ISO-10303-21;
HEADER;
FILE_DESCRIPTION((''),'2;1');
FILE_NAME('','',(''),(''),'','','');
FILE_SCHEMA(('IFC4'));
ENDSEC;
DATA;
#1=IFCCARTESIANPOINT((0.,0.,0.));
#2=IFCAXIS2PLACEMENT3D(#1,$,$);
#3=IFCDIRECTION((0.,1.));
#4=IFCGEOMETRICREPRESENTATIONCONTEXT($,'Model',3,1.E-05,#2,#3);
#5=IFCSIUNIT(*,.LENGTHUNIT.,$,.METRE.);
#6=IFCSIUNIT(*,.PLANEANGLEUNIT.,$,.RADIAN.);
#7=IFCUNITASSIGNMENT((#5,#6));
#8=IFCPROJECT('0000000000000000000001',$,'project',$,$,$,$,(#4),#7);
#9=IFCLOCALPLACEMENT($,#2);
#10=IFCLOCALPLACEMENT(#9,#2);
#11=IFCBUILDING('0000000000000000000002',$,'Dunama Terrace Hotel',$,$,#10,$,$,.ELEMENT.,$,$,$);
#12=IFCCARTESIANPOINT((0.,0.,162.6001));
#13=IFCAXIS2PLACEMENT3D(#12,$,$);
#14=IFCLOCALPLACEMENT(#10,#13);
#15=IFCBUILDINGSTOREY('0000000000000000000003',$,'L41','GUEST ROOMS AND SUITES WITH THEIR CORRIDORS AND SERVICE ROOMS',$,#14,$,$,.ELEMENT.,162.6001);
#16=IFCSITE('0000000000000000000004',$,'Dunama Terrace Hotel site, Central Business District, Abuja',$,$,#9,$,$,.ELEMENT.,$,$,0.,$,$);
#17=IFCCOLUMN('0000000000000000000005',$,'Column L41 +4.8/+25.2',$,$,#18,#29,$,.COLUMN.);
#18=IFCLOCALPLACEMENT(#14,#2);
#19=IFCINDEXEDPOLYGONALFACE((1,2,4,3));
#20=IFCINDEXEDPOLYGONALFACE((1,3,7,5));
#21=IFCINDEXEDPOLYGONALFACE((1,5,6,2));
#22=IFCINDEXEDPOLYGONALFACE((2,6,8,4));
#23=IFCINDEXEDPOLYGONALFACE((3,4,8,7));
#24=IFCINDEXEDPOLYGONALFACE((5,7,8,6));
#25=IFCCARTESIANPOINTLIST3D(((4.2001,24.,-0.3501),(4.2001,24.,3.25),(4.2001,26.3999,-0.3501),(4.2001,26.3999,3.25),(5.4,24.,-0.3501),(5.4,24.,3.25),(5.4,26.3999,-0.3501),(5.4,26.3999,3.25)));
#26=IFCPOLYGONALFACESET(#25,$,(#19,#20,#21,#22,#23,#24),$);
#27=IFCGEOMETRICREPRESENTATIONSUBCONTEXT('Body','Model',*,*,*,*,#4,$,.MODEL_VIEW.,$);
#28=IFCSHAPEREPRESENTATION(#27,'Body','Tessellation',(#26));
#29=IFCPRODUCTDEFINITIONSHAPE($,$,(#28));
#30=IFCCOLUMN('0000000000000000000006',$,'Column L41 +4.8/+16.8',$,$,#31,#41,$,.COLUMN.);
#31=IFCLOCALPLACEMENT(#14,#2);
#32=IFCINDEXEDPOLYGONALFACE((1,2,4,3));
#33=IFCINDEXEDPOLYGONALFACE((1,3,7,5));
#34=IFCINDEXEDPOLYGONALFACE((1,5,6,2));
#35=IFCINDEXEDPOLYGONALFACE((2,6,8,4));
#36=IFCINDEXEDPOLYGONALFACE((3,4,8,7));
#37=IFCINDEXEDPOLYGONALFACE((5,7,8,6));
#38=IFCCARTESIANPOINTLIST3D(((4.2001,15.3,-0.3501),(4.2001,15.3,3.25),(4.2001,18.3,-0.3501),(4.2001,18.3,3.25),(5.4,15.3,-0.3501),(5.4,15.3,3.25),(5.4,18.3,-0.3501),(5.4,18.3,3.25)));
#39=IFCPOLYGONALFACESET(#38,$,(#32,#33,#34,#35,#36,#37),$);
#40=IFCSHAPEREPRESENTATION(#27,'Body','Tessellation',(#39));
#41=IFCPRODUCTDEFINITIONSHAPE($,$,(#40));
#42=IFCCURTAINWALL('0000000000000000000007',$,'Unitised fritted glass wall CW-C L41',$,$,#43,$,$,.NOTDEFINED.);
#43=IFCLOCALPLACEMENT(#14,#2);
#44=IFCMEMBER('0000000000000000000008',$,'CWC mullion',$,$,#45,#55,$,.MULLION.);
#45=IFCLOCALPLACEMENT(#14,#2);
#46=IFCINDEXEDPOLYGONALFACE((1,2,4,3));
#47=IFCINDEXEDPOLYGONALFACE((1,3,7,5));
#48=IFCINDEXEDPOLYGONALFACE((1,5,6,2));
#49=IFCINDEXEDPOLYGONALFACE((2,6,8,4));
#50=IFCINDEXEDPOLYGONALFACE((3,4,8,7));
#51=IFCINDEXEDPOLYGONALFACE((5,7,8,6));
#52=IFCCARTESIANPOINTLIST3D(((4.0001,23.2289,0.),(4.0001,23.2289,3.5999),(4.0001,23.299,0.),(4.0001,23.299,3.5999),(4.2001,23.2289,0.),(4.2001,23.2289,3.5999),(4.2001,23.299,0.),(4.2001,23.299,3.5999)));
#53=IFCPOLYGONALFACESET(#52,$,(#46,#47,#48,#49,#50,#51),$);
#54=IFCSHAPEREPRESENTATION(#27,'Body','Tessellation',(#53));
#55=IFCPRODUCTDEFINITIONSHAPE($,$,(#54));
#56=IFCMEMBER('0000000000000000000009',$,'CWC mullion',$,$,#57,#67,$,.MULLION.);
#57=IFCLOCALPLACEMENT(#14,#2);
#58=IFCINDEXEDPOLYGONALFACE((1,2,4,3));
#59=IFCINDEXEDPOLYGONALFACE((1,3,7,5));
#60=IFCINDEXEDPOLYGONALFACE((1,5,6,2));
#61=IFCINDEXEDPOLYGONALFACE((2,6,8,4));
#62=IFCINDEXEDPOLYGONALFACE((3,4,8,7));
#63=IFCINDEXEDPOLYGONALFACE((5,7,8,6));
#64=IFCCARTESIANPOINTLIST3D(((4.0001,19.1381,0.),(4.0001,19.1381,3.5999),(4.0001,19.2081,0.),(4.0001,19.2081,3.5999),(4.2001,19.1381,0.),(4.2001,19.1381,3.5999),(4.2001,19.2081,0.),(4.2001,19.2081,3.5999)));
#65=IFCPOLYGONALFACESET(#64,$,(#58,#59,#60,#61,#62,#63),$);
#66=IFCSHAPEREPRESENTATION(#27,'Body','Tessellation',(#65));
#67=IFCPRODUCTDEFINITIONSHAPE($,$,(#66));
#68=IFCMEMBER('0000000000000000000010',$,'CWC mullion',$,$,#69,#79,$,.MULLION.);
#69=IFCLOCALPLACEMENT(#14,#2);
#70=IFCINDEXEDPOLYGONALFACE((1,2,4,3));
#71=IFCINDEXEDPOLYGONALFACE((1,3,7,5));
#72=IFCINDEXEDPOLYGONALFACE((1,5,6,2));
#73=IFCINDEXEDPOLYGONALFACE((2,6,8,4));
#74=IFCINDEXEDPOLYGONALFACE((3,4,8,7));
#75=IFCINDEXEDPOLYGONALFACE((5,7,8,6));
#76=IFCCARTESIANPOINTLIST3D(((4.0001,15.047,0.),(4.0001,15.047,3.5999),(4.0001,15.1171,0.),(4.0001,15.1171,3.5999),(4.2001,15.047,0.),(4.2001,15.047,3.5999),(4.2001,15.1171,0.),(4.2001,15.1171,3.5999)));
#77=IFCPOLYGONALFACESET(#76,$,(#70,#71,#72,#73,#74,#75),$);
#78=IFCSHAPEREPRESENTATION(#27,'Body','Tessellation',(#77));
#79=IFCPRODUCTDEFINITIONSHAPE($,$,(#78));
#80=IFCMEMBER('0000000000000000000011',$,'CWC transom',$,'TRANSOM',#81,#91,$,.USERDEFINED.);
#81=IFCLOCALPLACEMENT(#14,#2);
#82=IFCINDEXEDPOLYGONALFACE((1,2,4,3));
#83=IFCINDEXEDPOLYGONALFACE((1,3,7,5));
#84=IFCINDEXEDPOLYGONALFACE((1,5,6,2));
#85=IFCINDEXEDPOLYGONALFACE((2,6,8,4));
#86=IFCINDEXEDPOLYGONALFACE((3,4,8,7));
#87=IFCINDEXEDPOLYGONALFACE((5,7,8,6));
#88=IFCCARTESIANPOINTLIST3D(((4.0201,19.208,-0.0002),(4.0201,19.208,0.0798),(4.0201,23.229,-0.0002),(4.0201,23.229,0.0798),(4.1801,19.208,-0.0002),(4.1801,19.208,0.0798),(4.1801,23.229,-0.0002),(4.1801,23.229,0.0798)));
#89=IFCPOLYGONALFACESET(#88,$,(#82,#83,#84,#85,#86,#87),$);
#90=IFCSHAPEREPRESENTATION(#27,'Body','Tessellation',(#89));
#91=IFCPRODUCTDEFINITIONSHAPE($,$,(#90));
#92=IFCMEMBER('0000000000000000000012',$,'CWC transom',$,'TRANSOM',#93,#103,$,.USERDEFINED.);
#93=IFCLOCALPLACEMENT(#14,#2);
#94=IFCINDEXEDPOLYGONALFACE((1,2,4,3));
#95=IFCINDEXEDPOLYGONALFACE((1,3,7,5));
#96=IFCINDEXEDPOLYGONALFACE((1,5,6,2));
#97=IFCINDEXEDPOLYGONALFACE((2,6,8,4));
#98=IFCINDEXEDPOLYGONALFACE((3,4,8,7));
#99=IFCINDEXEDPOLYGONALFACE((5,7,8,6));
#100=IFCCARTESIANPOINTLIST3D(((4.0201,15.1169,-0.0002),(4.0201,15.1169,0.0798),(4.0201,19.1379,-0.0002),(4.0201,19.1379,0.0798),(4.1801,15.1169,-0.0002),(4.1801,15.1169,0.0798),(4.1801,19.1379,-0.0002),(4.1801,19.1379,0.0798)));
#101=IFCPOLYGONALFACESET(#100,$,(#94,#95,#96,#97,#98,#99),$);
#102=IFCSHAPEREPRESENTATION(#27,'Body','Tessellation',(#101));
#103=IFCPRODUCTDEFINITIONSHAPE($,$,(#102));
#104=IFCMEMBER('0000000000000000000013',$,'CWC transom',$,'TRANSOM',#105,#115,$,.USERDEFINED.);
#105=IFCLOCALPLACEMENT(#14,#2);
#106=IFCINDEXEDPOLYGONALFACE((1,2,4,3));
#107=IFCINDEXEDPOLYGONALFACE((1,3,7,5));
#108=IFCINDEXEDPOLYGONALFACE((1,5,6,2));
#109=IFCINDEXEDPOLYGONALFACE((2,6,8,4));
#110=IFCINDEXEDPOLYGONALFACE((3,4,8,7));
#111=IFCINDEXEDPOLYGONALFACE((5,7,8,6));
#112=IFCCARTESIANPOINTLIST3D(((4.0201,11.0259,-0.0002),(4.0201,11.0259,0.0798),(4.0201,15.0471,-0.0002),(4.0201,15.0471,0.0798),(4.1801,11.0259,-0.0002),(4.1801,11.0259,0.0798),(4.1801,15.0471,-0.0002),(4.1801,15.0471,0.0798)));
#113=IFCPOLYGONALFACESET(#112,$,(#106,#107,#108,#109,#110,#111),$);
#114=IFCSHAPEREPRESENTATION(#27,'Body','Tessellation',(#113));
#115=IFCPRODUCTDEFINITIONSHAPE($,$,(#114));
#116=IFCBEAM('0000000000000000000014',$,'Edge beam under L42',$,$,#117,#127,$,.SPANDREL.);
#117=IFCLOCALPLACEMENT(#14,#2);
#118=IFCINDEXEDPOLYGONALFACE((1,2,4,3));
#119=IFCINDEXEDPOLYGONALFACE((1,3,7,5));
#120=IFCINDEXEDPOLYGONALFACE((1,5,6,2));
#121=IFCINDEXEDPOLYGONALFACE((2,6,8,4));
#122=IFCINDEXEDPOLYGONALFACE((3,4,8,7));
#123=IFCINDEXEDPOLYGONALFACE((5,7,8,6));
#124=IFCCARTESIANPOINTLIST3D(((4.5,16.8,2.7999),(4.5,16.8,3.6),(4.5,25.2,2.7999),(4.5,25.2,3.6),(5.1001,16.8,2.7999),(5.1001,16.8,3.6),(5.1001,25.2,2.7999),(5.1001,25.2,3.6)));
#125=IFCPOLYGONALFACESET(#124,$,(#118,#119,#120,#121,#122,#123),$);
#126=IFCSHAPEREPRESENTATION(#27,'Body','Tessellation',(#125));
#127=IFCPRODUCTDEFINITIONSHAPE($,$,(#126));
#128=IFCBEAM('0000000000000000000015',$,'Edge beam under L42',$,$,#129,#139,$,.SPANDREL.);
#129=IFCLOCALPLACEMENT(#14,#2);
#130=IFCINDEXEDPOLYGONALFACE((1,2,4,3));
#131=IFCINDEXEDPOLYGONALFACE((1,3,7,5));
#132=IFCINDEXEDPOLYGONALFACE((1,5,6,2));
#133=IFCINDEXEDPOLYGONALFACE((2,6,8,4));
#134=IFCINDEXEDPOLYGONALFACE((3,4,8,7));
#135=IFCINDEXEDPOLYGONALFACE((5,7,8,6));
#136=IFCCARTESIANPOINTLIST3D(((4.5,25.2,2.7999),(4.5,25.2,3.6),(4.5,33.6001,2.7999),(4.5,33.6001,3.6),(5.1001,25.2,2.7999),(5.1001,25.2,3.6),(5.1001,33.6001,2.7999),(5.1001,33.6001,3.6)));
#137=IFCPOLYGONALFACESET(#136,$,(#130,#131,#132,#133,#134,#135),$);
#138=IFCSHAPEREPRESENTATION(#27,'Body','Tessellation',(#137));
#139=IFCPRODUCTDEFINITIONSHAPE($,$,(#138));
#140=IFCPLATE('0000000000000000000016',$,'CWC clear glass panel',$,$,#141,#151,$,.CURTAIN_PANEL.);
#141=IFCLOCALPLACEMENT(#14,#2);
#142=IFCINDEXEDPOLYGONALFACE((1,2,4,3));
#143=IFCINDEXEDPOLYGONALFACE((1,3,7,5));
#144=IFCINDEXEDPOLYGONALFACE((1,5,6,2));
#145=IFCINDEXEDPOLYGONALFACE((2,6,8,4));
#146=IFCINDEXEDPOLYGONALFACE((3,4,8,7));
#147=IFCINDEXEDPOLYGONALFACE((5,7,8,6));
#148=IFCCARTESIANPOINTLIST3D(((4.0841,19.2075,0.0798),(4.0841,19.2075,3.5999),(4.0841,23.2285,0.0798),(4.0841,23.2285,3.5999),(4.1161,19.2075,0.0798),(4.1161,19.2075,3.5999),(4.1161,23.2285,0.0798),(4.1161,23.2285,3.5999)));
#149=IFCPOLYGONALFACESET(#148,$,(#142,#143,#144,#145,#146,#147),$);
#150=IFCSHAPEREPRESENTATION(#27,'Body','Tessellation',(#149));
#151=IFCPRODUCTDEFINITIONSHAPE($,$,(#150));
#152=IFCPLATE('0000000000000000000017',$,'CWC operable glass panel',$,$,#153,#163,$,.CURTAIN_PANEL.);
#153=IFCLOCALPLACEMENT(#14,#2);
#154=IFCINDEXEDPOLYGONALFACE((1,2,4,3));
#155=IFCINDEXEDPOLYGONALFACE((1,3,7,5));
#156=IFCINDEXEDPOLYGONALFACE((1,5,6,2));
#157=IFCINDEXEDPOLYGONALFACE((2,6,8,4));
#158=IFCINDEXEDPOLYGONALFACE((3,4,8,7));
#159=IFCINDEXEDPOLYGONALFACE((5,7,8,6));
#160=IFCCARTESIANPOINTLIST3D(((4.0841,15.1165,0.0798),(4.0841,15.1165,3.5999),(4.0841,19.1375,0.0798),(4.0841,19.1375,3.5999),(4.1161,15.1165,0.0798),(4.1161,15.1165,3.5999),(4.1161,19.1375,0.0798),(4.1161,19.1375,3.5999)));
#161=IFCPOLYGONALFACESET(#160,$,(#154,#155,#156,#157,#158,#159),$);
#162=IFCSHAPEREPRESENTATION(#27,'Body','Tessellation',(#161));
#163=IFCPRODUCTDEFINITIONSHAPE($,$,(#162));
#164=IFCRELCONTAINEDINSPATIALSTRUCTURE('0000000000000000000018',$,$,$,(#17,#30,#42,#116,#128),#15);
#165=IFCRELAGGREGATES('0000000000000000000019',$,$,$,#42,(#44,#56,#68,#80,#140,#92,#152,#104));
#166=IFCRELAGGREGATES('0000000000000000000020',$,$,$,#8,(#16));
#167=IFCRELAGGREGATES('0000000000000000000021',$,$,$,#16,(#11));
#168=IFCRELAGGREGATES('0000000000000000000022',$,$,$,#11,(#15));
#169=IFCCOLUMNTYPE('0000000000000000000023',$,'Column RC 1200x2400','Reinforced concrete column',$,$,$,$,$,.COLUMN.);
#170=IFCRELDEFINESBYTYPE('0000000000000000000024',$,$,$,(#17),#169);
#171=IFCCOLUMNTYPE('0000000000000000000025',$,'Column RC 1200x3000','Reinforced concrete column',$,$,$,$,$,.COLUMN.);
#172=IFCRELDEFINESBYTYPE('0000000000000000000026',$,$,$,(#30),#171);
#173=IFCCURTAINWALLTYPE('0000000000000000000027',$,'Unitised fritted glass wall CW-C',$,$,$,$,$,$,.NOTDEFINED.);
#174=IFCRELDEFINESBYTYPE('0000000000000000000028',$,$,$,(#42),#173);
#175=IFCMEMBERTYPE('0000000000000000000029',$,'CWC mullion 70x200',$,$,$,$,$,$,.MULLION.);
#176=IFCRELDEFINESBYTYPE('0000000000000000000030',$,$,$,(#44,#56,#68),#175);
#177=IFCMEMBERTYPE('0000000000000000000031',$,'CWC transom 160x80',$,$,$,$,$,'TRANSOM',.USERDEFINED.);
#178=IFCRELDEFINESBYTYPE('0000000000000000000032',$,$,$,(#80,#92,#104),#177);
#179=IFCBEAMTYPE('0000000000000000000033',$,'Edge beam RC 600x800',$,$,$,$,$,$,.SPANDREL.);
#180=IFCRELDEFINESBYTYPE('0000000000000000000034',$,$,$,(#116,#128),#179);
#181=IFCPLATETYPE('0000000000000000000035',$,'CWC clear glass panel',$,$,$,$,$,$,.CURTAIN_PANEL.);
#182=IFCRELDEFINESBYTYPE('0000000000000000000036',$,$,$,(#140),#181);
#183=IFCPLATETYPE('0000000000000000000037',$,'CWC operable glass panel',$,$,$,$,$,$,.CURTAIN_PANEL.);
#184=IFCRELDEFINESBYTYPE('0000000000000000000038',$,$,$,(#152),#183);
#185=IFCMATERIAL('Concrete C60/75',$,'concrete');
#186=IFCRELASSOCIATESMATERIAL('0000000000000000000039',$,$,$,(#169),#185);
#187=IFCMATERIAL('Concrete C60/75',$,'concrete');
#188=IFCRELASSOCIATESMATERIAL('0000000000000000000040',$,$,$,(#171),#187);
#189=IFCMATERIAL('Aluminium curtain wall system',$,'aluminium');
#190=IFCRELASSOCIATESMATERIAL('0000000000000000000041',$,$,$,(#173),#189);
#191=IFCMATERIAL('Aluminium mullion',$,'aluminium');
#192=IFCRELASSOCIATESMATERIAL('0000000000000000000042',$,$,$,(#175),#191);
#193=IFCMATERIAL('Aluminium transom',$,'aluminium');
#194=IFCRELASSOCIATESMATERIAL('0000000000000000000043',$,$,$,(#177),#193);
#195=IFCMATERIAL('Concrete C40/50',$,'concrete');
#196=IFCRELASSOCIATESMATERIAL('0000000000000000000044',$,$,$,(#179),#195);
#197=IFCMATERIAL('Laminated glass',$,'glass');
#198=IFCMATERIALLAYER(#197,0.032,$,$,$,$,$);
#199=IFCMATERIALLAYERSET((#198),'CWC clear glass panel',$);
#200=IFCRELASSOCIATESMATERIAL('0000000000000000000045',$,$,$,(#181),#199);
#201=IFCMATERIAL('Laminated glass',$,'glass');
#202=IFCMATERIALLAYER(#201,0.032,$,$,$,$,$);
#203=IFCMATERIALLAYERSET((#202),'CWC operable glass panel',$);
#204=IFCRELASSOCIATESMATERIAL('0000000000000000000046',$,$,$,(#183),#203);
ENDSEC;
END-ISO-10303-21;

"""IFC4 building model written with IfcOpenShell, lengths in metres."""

from ifc_helpers import new_model, si_unit, direction, frame, origin, origin_2d, place, context, subcontext, project, spatial, rectangle, extrude, material, layer, layer_set, material_profile, profile_set, type_object, element, aggregate, save


model = new_model("IFC4")

# Units and contexts
model_context = context("Model", 3, precision=1e-05, world=origin(), true_north=direction((0.0, 1.0)))
body_context = subcontext(model_context, "Body", "Model", "MODEL_VIEW")
ifc_project = project(units=[si_unit("LENGTHUNIT", "METRE"), si_unit("PLANEANGLEUNIT", "RADIAN")], contexts=[model_context])

# Site, building, storey
site_placement = place(None, origin())
site = spatial("IfcSite", under=ifc_project, at=site_placement, Name="Dunama Terrace Hotel site, Central Business District, Abuja", CompositionType="ELEMENT", RefElevation=0.0)
building_placement = place(site_placement, origin())
building = spatial("IfcBuilding", under=site, at=building_placement, Name="Dunama Terrace Hotel", CompositionType="ELEMENT")
storey_placement = place(building_placement, frame((0.0, 0.0, 162.6001)))
storey = spatial("IfcBuildingStorey", under=building, at=storey_placement, Name="L41", Description="GUEST ROOMS AND SUITES WITH THEIR CORRIDORS AND SERVICE ROOMS", CompositionType="ELEMENT", Elevation=162.6001)

# Columns
ifc_material_1 = material(Name="Concrete C60/75", Category="concrete")
ifc_material_profile_1 = material_profile(ifc_material_1, rectangle(XDim=1.2, YDim=2.3999, at=origin_2d()), Name="RC 1200x2400")
ifc_profile_set_1 = profile_set([ifc_material_profile_1], Name="Concrete C60/75")
column_type_1 = type_object("IfcColumnType", Name="Column RC 1200x2400", Description="Reinforced concrete column", PredefinedType="COLUMN", material=ifc_profile_set_1)
column_1_placement = place(storey_placement, frame((4.8, 25.2, -0.3501), z_axis=(0.0, 0.0, 1.0), x_axis=(1.0, 0.0, 0.0)))
element("IfcColumn", 1, at=column_1_placement, inside=storey, type_object=column_type_1, Name="Column L41 +4.8/+25.2", PredefinedType="COLUMN", context=body_context, shape_type="SweptSolid", body=[
    extrude(rectangle(XDim=1.2, YDim=2.3999, at=origin_2d()), origin(), (0.0, 0.0, 1.0), 3.6001),
])
ifc_material_2 = material(Name="Concrete C60/75", Category="concrete")
ifc_material_profile_2 = material_profile(ifc_material_2, rectangle(XDim=1.2, YDim=3.0, at=origin_2d()), Name="RC 1200x3000")
ifc_profile_set_2 = profile_set([ifc_material_profile_2], Name="Concrete C60/75")
column_type_2 = type_object("IfcColumnType", Name="Column RC 1200x3000", Description="Reinforced concrete column", PredefinedType="COLUMN", material=ifc_profile_set_2)
column_2_placement = place(storey_placement, frame((4.8, 16.8, -0.3501), z_axis=(0.0, 0.0, 1.0), x_axis=(1.0, 0.0, 0.0)))
element("IfcColumn", 2, at=column_2_placement, inside=storey, type_object=column_type_2, Name="Column L41 +4.8/+16.8", PredefinedType="COLUMN", context=body_context, shape_type="SweptSolid", body=[
    extrude(rectangle(XDim=1.2, YDim=3.0, at=origin_2d()), origin(), (0.0, 0.0, 1.0), 3.6001),
])

# Curtain wall, members
ifc_material_3 = material(Name="Aluminium curtain wall system", Category="aluminium")
curtain_wall_type = type_object("IfcCurtainWallType", Name="Unitised fritted glass wall CW-C", PredefinedType="NOTDEFINED", material=ifc_material_3)
curtain_wall_placement = place(storey_placement, origin())
curtain_wall = element("IfcCurtainWall", 3, at=curtain_wall_placement, inside=storey, type_object=curtain_wall_type, Name="Unitised fritted glass wall CW-C L41", PredefinedType="NOTDEFINED")
ifc_material_4 = material(Name="Aluminium mullion", Category="aluminium")
ifc_material_profile_3 = material_profile(ifc_material_4, rectangle(XDim=0.0701, YDim=0.2, at=origin_2d()), Name="CWC MULLION 70X200")
ifc_profile_set_3 = profile_set([ifc_material_profile_3], Name="Aluminium mullion")
member_type_1 = type_object("IfcMemberType", Name="CWC mullion 70x200", PredefinedType="MULLION", material=ifc_profile_set_3)
member_1_placement = place(storey_placement, frame((4.1001, 23.2639, 0.0), z_axis=(0.0, 0.0, 1.0), x_axis=(0.0, -1.0, 0.0)))
member_1 = element("IfcMember", 4, at=member_1_placement, type_object=member_type_1, Name="CWC mullion", PredefinedType="MULLION", context=body_context, shape_type="SweptSolid", body=[
    extrude(rectangle(XDim=0.0701, YDim=0.2, at=origin_2d()), origin(), (0.0, 0.0, 1.0), 3.5999),
])
member_2_placement = place(storey_placement, frame((4.1001, 19.1731, 0.0), z_axis=(0.0, 0.0, 1.0), x_axis=(0.0, -1.0, 0.0)))
member_2 = element("IfcMember", 5, at=member_2_placement, type_object=member_type_1, Name="CWC mullion", PredefinedType="MULLION", context=body_context, shape_type="SweptSolid", body=[
    extrude(rectangle(XDim=0.0701, YDim=0.2, at=origin_2d()), origin(), (0.0, 0.0, 1.0), 3.5999),
])
member_3_placement = place(storey_placement, frame((4.1001, 15.082, 0.0), z_axis=(0.0, 0.0, 1.0), x_axis=(0.0, -1.0, 0.0)))
member_3 = element("IfcMember", 6, at=member_3_placement, type_object=member_type_1, Name="CWC mullion", PredefinedType="MULLION", context=body_context, shape_type="SweptSolid", body=[
    extrude(rectangle(XDim=0.0701, YDim=0.2, at=origin_2d()), origin(), (0.0, 0.0, 1.0), 3.5999),
])
ifc_material_5 = material(Name="Aluminium transom", Category="aluminium")
ifc_material_profile_4 = material_profile(ifc_material_5, rectangle(XDim=0.1599, YDim=0.0801, at=origin_2d()), Name="CWC TRANSOM 160X80")
ifc_profile_set_4 = profile_set([ifc_material_profile_4], Name="Aluminium transom")
member_type_2 = type_object("IfcMemberType", Name="CWC transom 160x80", ElementType="TRANSOM", PredefinedType="USERDEFINED", material=ifc_profile_set_4)
member_4_placement = place(storey_placement, frame((4.1001, 23.229, 0.0398), z_axis=(0.0, -1.0, 0.0), x_axis=(1.0, 0.0, 0.0)))
member_4 = element("IfcMember", 7, at=member_4_placement, type_object=member_type_2, Name="CWC transom", ObjectType="TRANSOM", PredefinedType="USERDEFINED", context=body_context, shape_type="SweptSolid", body=[
    extrude(rectangle(XDim=0.1599, YDim=0.0801, at=origin_2d()), origin(), (0.0, 0.0, 1.0), 4.021),
])
member_5_placement = place(storey_placement, frame((4.1001, 19.1379, 0.0398), z_axis=(0.0, -1.0, 0.0), x_axis=(1.0, 0.0, 0.0)))
member_5 = element("IfcMember", 8, at=member_5_placement, type_object=member_type_2, Name="CWC transom", ObjectType="TRANSOM", PredefinedType="USERDEFINED", context=body_context, shape_type="SweptSolid", body=[
    extrude(rectangle(XDim=0.1599, YDim=0.0801, at=origin_2d()), origin(), (0.0, 0.0, 1.0), 4.021),
])
member_6_placement = place(storey_placement, frame((4.1001, 15.0471, 0.0398), z_axis=(0.0, -1.0, 0.0), x_axis=(1.0, 0.0, 0.0)))
member_6 = element("IfcMember", 9, at=member_6_placement, type_object=member_type_2, Name="CWC transom", ObjectType="TRANSOM", PredefinedType="USERDEFINED", context=body_context, shape_type="SweptSolid", body=[
    extrude(rectangle(XDim=0.1599, YDim=0.0801, at=origin_2d()), origin(), (0.0, 0.0, 1.0), 4.0212),
])

# Beams
ifc_material_6 = material(Name="Concrete C40/50", Category="concrete")
ifc_material_profile_5 = material_profile(ifc_material_6, rectangle(XDim=0.6001, YDim=0.8, at=origin_2d()), Name="RC 600x800")
ifc_profile_set_5 = profile_set([ifc_material_profile_5], Name="Concrete C40/50")
beam_type = type_object("IfcBeamType", Name="Edge beam RC 600x800", PredefinedType="SPANDREL", material=ifc_profile_set_5)
beam_1_placement = place(storey_placement, frame((4.8, 16.8, 3.2), z_axis=(0.0, 1.0, 0.0), x_axis=(-1.0, 0.0, 0.0)))
element("IfcBeam", 10, at=beam_1_placement, inside=storey, type_object=beam_type, Name="Edge beam under L42", PredefinedType="SPANDREL", context=body_context, shape_type="SweptSolid", body=[
    extrude(rectangle(XDim=0.6001, YDim=0.8, at=origin_2d()), origin(), (0.0, 0.0, 1.0), 8.3999),
])
beam_2_placement = place(storey_placement, frame((4.8, 25.2, 3.2), z_axis=(0.0, 1.0, 0.0), x_axis=(-1.0, 0.0, 0.0)))
element("IfcBeam", 11, at=beam_2_placement, inside=storey, type_object=beam_type, Name="Edge beam under L42", PredefinedType="SPANDREL", context=body_context, shape_type="SweptSolid", body=[
    extrude(rectangle(XDim=0.6001, YDim=0.8, at=origin_2d()), origin(), (0.0, 0.0, 1.0), 8.4001),
])

# Plates
ifc_material_7 = material(Name="Laminated glass", Category="glass")
ifc_layer_1 = layer(ifc_material_7, 0.032)
ifc_layer_set_1 = layer_set([ifc_layer_1], Name="CWC clear glass panel")
plate_type_1 = type_object("IfcPlateType", Name="CWC clear glass panel", PredefinedType="CURTAIN_PANEL", material=ifc_layer_set_1)
plate_1_placement = place(storey_placement, frame((4.1001, 21.218, 0.0798), z_axis=(0.0, 0.0, 1.0), x_axis=(0.0, -1.0, 0.0)))
plate_1 = element("IfcPlate", 12, at=plate_1_placement, type_object=plate_type_1, Name="CWC clear glass panel", PredefinedType="CURTAIN_PANEL", context=body_context, shape_type="SweptSolid", body=[
    extrude(rectangle(XDim=4.021, YDim=0.032, at=origin_2d()), origin(), (0.0, 0.0, 1.0), 3.52),
])
ifc_material_8 = material(Name="Laminated glass", Category="glass")
ifc_layer_2 = layer(ifc_material_8, 0.032)
ifc_layer_set_2 = layer_set([ifc_layer_2], Name="CWC operable glass panel")
plate_type_2 = type_object("IfcPlateType", Name="CWC operable glass panel", PredefinedType="CURTAIN_PANEL", material=ifc_layer_set_2)
plate_2_placement = place(storey_placement, frame((4.1001, 17.127, 0.0798), z_axis=(0.0, 0.0, 1.0), x_axis=(0.0, -1.0, 0.0)))
plate_2 = element("IfcPlate", 13, at=plate_2_placement, type_object=plate_type_2, Name="CWC operable glass panel", PredefinedType="CURTAIN_PANEL", context=body_context, shape_type="SweptSolid", body=[
    extrude(rectangle(XDim=4.021, YDim=0.032, at=origin_2d()), origin(), (0.0, 0.0, 1.0), 3.52),
])
aggregate(curtain_wall, [member_1, member_2, member_3, member_4, plate_1, member_5, plate_2, member_6])

save(model, "model.ifc")
